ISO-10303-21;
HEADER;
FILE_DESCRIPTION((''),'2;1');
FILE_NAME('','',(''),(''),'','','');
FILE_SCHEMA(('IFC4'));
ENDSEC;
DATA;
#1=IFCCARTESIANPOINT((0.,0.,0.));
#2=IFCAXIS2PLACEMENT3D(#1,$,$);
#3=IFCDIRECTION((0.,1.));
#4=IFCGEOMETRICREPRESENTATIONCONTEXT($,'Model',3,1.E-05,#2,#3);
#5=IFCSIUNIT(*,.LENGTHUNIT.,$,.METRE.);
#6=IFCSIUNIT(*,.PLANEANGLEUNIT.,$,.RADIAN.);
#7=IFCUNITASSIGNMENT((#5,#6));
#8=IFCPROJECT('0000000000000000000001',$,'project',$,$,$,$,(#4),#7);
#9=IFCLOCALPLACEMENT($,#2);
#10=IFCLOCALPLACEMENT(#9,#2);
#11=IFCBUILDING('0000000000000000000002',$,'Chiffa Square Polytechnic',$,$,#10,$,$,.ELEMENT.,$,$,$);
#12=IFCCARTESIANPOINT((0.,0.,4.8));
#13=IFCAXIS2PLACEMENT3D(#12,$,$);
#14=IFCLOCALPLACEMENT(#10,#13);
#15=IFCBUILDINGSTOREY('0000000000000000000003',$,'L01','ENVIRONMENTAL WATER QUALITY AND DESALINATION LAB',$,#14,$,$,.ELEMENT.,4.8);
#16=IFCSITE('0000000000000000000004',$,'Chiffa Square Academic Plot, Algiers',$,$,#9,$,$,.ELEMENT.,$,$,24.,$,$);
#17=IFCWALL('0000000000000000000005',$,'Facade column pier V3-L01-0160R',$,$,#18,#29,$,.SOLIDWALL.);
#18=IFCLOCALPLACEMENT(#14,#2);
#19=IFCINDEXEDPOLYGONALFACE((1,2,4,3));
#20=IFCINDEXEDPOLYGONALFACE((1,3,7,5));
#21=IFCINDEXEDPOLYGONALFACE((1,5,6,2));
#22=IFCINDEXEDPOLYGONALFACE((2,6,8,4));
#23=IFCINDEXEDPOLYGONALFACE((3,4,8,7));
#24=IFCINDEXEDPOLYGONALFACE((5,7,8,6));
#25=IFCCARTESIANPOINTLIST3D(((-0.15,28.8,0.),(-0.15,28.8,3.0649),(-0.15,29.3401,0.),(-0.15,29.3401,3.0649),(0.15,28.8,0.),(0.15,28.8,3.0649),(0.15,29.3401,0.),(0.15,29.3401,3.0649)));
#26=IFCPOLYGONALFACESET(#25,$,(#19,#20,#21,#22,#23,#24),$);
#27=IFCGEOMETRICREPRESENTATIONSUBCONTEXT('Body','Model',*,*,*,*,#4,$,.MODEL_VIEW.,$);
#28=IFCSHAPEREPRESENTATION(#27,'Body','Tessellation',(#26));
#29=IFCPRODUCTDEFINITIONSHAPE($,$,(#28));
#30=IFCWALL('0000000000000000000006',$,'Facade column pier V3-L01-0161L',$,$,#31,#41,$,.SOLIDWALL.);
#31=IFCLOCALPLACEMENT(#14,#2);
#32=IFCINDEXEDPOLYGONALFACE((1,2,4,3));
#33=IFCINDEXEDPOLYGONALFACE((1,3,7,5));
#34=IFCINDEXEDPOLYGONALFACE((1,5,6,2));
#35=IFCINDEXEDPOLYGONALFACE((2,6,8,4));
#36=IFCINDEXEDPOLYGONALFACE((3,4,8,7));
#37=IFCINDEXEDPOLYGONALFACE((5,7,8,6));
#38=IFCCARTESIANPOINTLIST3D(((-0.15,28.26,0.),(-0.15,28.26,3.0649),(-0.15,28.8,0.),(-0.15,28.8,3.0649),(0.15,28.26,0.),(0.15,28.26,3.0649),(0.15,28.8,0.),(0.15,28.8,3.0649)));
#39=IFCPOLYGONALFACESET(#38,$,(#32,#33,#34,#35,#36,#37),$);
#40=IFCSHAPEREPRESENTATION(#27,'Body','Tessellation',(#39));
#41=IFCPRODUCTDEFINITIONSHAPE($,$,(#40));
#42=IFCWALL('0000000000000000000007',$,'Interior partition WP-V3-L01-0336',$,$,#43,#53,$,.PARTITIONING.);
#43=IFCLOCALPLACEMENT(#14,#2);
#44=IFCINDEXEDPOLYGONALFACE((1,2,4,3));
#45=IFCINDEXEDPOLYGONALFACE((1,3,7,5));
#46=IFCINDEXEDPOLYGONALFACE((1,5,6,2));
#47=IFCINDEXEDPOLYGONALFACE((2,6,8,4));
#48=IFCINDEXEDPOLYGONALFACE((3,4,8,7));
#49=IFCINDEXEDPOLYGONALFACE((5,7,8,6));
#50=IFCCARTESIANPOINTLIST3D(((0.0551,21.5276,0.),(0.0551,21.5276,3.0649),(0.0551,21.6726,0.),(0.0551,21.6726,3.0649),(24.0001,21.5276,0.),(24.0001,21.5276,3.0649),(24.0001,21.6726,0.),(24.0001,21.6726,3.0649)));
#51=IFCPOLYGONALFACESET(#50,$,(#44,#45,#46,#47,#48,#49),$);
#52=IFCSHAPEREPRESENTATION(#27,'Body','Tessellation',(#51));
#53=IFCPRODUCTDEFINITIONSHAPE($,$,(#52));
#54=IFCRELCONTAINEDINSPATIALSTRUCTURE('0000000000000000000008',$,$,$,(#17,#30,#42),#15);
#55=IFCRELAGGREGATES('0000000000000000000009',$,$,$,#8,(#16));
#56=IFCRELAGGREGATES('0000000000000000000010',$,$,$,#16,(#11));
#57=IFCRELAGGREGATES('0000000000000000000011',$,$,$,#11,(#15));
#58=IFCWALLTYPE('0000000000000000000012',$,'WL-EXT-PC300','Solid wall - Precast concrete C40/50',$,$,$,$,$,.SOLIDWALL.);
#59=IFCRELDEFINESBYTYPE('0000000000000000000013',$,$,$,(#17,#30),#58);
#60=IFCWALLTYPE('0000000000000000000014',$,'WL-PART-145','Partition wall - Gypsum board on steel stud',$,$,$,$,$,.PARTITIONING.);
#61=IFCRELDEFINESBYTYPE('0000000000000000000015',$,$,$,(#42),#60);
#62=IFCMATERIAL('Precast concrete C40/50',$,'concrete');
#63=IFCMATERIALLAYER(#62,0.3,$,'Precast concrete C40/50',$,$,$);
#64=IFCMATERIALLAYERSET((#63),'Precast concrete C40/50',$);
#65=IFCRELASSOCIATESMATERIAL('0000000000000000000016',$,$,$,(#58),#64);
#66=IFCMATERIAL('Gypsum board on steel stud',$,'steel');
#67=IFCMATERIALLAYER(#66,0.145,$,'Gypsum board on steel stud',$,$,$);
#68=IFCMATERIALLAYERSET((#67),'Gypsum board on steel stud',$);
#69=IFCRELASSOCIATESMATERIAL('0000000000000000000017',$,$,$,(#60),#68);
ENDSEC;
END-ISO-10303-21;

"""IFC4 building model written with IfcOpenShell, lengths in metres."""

from ifc_helpers import new_model, si_unit, direction, frame, frame_2d, origin, place, context, subcontext, project, spatial, rectangle, extrude, material, layer, layer_set, type_object, element, save


model = new_model("IFC4")

# Units and contexts
model_context = context("Model", 3, precision=1e-05, world=origin(), true_north=direction((0.0, 1.0)))
body_context = subcontext(model_context, "Body", "Model", "MODEL_VIEW")
ifc_project = project(units=[si_unit("LENGTHUNIT", "METRE"), si_unit("PLANEANGLEUNIT", "RADIAN")], contexts=[model_context])

# Site, building, storey
site_placement = place(None, origin())
site = spatial("IfcSite", under=ifc_project, at=site_placement, Name="Chiffa Square Academic Plot, Algiers", CompositionType="ELEMENT", RefElevation=24.0)
building_placement = place(site_placement, origin())
building = spatial("IfcBuilding", under=site, at=building_placement, Name="Chiffa Square Polytechnic", CompositionType="ELEMENT")
storey_placement = place(building_placement, frame((0.0, 0.0, 4.8)))
storey = spatial("IfcBuildingStorey", under=building, at=storey_placement, Name="L01", Description="ENVIRONMENTAL WATER QUALITY AND DESALINATION LAB", CompositionType="ELEMENT", Elevation=4.8)

# Walls
ifc_material_1 = material(Name="Precast concrete C40/50", Category="concrete")
ifc_layer_1 = layer(ifc_material_1, 0.3, Name="Precast concrete C40/50")
ifc_layer_set_1 = layer_set([ifc_layer_1], Name="Precast concrete C40/50")
wall_type_1 = type_object("IfcWallType", Name="WL-EXT-PC300", Description="Solid wall - Precast concrete C40/50", PredefinedType="SOLIDWALL", material=ifc_layer_set_1)
for number, where, z_axis, x_axis, name in (
    (1, (0.0, 29.3401, 0.0), (0.0, 0.0, 1.0), (0.0, -1.0, 0.0), "Facade column pier V3-L01-0160R"),
    (2, (0.0, 28.8, 0.0), (0.0, 0.0, 1.0), (0.0, -1.0, 0.0), "Facade column pier V3-L01-0161L"),
):
    element("IfcWall", number, at=place(storey_placement, frame(where, z_axis=z_axis, x_axis=x_axis)), inside=storey, type_object=wall_type_1, Name=name, PredefinedType="SOLIDWALL", context=body_context, shape_type="SweptSolid", body=[
        extrude(rectangle(XDim=0.54, YDim=0.3, at=frame_2d((0.27, 0.0))), origin(), (0.0, 0.0, 1.0), 3.0649),
    ])
ifc_material_2 = material(Name="Gypsum board on steel stud", Category="steel")
ifc_layer_2 = layer(ifc_material_2, 0.145, Name="Gypsum board on steel stud")
ifc_layer_set_2 = layer_set([ifc_layer_2], Name="Gypsum board on steel stud")
wall_type_2 = type_object("IfcWallType", Name="WL-PART-145", Description="Partition wall - Gypsum board on steel stud", PredefinedType="PARTITIONING", material=ifc_layer_set_2)
wall_1_placement = place(storey_placement, frame((0.0549, 21.6001, 0.0), z_axis=(0.0, 0.0, 1.0), x_axis=(1.0, 0.0, 0.0)))
element("IfcWall", 3, at=wall_1_placement, inside=storey, type_object=wall_type_2, Name="Interior partition WP-V3-L01-0336", PredefinedType="PARTITIONING", context=body_context, shape_type="SweptSolid", body=[
    extrude(rectangle(XDim=23.9451, YDim=0.145, at=frame_2d((11.9727, 0.0))), origin(), (0.0, 0.0, 1.0), 3.0649),
])

save(model, "model.ifc")
